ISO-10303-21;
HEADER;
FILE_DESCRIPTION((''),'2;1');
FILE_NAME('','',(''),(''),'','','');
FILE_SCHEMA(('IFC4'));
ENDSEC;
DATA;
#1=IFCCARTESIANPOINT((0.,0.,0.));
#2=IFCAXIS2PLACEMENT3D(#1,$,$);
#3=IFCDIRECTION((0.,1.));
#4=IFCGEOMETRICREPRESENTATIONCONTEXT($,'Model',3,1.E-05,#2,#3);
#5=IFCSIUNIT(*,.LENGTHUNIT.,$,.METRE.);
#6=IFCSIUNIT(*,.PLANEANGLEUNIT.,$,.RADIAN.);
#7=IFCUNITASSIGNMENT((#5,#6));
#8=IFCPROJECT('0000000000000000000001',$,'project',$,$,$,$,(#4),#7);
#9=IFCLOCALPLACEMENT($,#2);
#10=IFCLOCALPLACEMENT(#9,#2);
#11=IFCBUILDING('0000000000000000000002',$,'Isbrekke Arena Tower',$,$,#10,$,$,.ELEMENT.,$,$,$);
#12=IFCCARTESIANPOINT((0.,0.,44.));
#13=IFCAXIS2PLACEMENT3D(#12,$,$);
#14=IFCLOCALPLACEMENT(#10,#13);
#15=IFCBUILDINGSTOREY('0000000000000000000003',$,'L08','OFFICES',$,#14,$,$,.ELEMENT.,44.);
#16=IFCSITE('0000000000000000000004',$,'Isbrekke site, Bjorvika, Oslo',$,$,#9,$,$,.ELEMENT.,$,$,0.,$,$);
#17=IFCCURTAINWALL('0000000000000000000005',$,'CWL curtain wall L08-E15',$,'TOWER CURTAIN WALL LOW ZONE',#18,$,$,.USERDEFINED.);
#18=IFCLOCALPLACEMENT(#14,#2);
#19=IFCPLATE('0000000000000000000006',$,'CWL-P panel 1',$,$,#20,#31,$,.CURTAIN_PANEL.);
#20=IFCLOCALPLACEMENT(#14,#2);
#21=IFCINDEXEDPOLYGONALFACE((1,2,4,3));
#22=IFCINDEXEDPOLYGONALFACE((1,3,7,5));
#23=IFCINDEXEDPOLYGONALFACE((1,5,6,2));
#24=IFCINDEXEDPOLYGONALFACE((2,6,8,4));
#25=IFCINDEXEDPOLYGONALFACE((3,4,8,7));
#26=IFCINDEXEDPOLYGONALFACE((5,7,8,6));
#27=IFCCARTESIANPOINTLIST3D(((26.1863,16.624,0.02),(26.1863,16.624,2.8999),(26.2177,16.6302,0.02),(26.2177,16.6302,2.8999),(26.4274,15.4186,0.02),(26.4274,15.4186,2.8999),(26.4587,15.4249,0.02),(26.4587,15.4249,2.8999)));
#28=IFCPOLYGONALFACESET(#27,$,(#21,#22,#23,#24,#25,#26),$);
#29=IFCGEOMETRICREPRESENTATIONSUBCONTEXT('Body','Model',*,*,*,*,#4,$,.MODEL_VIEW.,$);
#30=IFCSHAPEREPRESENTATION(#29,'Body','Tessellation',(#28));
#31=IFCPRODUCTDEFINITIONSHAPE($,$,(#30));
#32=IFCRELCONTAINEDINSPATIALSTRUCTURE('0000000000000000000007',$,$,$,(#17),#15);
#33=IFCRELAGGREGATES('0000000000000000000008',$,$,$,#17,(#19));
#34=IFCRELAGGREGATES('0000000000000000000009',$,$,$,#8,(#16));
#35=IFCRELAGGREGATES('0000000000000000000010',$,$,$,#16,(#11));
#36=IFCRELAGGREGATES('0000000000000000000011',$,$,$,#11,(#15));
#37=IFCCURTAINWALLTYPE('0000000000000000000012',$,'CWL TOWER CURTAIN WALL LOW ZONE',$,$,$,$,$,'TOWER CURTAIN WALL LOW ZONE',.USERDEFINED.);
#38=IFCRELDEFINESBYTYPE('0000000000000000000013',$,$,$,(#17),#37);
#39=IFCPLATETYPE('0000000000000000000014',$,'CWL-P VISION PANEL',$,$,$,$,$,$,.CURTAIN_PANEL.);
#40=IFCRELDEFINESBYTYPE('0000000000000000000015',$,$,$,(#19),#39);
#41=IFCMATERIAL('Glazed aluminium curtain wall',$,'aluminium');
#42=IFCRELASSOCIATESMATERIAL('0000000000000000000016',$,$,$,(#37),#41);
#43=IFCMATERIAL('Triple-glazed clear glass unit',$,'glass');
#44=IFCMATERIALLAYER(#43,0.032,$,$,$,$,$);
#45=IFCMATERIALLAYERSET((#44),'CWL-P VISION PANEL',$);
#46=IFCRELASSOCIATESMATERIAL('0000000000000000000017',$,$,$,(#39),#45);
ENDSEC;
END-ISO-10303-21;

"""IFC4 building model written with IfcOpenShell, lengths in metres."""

from ifc_helpers import new_model, si_unit, direction, frame, origin, origin_2d, place, context, subcontext, project, spatial, rectangle, extrude, material, layer, layer_set, type_object, element, aggregate, save


model = new_model("IFC4")

# Units and contexts
model_context = context("Model", 3, precision=1e-05, world=origin(), true_north=direction((0.0, 1.0)))
body_context = subcontext(model_context, "Body", "Model", "MODEL_VIEW")
ifc_project = project(units=[si_unit("LENGTHUNIT", "METRE"), si_unit("PLANEANGLEUNIT", "RADIAN")], contexts=[model_context])

# Site, building, storey
site_placement = place(None, origin())
site = spatial("IfcSite", under=ifc_project, at=site_placement, Name="Isbrekke site, Bjorvika, Oslo", CompositionType="ELEMENT", RefElevation=0.0)
building_placement = place(site_placement, origin())
building = spatial("IfcBuilding", under=site, at=building_placement, Name="Isbrekke Arena Tower", CompositionType="ELEMENT")
storey_placement = place(building_placement, frame((0.0, 0.0, 44.0)))
storey = spatial("IfcBuildingStorey", under=building, at=storey_placement, Name="L08", Description="OFFICES", CompositionType="ELEMENT", Elevation=44.0)

# Shared definitions
ifc_material_1 = material(Name="Glazed aluminium curtain wall", Category="aluminium")
curtain_wall_type = type_object("IfcCurtainWallType", Name="CWL TOWER CURTAIN WALL LOW ZONE", ElementType="TOWER CURTAIN WALL LOW ZONE", PredefinedType="USERDEFINED", material=ifc_material_1)

# Curtain wall
curtain_wall_1_placement = place(storey_placement, origin())
curtain_wall_1 = element("IfcCurtainWall", 1, at=curtain_wall_1_placement, inside=storey, type_object=curtain_wall_type, Name="CWL curtain wall L08-E15", ObjectType="TOWER CURTAIN WALL LOW ZONE", PredefinedType="USERDEFINED")

# Plate
ifc_material_2 = material(Name="Triple-glazed clear glass unit", Category="glass")
ifc_layer = layer(ifc_material_2, 0.032)
ifc_layer_set = layer_set([ifc_layer], Name="CWL-P VISION PANEL")
plate_type = type_object("IfcPlateType", Name="CWL-P VISION PANEL", PredefinedType="CURTAIN_PANEL", material=ifc_layer_set)
plate_1_placement = place(storey_placement, frame((26.3225, 16.0244, 0.02), z_axis=(0.0, 0.0, 1.0), x_axis=(-0.196116, 0.980581, 0.0)))
plate_1 = element("IfcPlate", 2, at=plate_1_placement, type_object=plate_type, Name="CWL-P panel 1", PredefinedType="CURTAIN_PANEL", context=body_context, shape_type="SweptSolid", body=[
    extrude(rectangle(XDim=1.2292, YDim=0.032, at=origin_2d()), origin(), (0.0, 0.0, 1.0), 2.8799),
])
aggregate(curtain_wall_1, [plate_1])

save(model, "model.ifc")
